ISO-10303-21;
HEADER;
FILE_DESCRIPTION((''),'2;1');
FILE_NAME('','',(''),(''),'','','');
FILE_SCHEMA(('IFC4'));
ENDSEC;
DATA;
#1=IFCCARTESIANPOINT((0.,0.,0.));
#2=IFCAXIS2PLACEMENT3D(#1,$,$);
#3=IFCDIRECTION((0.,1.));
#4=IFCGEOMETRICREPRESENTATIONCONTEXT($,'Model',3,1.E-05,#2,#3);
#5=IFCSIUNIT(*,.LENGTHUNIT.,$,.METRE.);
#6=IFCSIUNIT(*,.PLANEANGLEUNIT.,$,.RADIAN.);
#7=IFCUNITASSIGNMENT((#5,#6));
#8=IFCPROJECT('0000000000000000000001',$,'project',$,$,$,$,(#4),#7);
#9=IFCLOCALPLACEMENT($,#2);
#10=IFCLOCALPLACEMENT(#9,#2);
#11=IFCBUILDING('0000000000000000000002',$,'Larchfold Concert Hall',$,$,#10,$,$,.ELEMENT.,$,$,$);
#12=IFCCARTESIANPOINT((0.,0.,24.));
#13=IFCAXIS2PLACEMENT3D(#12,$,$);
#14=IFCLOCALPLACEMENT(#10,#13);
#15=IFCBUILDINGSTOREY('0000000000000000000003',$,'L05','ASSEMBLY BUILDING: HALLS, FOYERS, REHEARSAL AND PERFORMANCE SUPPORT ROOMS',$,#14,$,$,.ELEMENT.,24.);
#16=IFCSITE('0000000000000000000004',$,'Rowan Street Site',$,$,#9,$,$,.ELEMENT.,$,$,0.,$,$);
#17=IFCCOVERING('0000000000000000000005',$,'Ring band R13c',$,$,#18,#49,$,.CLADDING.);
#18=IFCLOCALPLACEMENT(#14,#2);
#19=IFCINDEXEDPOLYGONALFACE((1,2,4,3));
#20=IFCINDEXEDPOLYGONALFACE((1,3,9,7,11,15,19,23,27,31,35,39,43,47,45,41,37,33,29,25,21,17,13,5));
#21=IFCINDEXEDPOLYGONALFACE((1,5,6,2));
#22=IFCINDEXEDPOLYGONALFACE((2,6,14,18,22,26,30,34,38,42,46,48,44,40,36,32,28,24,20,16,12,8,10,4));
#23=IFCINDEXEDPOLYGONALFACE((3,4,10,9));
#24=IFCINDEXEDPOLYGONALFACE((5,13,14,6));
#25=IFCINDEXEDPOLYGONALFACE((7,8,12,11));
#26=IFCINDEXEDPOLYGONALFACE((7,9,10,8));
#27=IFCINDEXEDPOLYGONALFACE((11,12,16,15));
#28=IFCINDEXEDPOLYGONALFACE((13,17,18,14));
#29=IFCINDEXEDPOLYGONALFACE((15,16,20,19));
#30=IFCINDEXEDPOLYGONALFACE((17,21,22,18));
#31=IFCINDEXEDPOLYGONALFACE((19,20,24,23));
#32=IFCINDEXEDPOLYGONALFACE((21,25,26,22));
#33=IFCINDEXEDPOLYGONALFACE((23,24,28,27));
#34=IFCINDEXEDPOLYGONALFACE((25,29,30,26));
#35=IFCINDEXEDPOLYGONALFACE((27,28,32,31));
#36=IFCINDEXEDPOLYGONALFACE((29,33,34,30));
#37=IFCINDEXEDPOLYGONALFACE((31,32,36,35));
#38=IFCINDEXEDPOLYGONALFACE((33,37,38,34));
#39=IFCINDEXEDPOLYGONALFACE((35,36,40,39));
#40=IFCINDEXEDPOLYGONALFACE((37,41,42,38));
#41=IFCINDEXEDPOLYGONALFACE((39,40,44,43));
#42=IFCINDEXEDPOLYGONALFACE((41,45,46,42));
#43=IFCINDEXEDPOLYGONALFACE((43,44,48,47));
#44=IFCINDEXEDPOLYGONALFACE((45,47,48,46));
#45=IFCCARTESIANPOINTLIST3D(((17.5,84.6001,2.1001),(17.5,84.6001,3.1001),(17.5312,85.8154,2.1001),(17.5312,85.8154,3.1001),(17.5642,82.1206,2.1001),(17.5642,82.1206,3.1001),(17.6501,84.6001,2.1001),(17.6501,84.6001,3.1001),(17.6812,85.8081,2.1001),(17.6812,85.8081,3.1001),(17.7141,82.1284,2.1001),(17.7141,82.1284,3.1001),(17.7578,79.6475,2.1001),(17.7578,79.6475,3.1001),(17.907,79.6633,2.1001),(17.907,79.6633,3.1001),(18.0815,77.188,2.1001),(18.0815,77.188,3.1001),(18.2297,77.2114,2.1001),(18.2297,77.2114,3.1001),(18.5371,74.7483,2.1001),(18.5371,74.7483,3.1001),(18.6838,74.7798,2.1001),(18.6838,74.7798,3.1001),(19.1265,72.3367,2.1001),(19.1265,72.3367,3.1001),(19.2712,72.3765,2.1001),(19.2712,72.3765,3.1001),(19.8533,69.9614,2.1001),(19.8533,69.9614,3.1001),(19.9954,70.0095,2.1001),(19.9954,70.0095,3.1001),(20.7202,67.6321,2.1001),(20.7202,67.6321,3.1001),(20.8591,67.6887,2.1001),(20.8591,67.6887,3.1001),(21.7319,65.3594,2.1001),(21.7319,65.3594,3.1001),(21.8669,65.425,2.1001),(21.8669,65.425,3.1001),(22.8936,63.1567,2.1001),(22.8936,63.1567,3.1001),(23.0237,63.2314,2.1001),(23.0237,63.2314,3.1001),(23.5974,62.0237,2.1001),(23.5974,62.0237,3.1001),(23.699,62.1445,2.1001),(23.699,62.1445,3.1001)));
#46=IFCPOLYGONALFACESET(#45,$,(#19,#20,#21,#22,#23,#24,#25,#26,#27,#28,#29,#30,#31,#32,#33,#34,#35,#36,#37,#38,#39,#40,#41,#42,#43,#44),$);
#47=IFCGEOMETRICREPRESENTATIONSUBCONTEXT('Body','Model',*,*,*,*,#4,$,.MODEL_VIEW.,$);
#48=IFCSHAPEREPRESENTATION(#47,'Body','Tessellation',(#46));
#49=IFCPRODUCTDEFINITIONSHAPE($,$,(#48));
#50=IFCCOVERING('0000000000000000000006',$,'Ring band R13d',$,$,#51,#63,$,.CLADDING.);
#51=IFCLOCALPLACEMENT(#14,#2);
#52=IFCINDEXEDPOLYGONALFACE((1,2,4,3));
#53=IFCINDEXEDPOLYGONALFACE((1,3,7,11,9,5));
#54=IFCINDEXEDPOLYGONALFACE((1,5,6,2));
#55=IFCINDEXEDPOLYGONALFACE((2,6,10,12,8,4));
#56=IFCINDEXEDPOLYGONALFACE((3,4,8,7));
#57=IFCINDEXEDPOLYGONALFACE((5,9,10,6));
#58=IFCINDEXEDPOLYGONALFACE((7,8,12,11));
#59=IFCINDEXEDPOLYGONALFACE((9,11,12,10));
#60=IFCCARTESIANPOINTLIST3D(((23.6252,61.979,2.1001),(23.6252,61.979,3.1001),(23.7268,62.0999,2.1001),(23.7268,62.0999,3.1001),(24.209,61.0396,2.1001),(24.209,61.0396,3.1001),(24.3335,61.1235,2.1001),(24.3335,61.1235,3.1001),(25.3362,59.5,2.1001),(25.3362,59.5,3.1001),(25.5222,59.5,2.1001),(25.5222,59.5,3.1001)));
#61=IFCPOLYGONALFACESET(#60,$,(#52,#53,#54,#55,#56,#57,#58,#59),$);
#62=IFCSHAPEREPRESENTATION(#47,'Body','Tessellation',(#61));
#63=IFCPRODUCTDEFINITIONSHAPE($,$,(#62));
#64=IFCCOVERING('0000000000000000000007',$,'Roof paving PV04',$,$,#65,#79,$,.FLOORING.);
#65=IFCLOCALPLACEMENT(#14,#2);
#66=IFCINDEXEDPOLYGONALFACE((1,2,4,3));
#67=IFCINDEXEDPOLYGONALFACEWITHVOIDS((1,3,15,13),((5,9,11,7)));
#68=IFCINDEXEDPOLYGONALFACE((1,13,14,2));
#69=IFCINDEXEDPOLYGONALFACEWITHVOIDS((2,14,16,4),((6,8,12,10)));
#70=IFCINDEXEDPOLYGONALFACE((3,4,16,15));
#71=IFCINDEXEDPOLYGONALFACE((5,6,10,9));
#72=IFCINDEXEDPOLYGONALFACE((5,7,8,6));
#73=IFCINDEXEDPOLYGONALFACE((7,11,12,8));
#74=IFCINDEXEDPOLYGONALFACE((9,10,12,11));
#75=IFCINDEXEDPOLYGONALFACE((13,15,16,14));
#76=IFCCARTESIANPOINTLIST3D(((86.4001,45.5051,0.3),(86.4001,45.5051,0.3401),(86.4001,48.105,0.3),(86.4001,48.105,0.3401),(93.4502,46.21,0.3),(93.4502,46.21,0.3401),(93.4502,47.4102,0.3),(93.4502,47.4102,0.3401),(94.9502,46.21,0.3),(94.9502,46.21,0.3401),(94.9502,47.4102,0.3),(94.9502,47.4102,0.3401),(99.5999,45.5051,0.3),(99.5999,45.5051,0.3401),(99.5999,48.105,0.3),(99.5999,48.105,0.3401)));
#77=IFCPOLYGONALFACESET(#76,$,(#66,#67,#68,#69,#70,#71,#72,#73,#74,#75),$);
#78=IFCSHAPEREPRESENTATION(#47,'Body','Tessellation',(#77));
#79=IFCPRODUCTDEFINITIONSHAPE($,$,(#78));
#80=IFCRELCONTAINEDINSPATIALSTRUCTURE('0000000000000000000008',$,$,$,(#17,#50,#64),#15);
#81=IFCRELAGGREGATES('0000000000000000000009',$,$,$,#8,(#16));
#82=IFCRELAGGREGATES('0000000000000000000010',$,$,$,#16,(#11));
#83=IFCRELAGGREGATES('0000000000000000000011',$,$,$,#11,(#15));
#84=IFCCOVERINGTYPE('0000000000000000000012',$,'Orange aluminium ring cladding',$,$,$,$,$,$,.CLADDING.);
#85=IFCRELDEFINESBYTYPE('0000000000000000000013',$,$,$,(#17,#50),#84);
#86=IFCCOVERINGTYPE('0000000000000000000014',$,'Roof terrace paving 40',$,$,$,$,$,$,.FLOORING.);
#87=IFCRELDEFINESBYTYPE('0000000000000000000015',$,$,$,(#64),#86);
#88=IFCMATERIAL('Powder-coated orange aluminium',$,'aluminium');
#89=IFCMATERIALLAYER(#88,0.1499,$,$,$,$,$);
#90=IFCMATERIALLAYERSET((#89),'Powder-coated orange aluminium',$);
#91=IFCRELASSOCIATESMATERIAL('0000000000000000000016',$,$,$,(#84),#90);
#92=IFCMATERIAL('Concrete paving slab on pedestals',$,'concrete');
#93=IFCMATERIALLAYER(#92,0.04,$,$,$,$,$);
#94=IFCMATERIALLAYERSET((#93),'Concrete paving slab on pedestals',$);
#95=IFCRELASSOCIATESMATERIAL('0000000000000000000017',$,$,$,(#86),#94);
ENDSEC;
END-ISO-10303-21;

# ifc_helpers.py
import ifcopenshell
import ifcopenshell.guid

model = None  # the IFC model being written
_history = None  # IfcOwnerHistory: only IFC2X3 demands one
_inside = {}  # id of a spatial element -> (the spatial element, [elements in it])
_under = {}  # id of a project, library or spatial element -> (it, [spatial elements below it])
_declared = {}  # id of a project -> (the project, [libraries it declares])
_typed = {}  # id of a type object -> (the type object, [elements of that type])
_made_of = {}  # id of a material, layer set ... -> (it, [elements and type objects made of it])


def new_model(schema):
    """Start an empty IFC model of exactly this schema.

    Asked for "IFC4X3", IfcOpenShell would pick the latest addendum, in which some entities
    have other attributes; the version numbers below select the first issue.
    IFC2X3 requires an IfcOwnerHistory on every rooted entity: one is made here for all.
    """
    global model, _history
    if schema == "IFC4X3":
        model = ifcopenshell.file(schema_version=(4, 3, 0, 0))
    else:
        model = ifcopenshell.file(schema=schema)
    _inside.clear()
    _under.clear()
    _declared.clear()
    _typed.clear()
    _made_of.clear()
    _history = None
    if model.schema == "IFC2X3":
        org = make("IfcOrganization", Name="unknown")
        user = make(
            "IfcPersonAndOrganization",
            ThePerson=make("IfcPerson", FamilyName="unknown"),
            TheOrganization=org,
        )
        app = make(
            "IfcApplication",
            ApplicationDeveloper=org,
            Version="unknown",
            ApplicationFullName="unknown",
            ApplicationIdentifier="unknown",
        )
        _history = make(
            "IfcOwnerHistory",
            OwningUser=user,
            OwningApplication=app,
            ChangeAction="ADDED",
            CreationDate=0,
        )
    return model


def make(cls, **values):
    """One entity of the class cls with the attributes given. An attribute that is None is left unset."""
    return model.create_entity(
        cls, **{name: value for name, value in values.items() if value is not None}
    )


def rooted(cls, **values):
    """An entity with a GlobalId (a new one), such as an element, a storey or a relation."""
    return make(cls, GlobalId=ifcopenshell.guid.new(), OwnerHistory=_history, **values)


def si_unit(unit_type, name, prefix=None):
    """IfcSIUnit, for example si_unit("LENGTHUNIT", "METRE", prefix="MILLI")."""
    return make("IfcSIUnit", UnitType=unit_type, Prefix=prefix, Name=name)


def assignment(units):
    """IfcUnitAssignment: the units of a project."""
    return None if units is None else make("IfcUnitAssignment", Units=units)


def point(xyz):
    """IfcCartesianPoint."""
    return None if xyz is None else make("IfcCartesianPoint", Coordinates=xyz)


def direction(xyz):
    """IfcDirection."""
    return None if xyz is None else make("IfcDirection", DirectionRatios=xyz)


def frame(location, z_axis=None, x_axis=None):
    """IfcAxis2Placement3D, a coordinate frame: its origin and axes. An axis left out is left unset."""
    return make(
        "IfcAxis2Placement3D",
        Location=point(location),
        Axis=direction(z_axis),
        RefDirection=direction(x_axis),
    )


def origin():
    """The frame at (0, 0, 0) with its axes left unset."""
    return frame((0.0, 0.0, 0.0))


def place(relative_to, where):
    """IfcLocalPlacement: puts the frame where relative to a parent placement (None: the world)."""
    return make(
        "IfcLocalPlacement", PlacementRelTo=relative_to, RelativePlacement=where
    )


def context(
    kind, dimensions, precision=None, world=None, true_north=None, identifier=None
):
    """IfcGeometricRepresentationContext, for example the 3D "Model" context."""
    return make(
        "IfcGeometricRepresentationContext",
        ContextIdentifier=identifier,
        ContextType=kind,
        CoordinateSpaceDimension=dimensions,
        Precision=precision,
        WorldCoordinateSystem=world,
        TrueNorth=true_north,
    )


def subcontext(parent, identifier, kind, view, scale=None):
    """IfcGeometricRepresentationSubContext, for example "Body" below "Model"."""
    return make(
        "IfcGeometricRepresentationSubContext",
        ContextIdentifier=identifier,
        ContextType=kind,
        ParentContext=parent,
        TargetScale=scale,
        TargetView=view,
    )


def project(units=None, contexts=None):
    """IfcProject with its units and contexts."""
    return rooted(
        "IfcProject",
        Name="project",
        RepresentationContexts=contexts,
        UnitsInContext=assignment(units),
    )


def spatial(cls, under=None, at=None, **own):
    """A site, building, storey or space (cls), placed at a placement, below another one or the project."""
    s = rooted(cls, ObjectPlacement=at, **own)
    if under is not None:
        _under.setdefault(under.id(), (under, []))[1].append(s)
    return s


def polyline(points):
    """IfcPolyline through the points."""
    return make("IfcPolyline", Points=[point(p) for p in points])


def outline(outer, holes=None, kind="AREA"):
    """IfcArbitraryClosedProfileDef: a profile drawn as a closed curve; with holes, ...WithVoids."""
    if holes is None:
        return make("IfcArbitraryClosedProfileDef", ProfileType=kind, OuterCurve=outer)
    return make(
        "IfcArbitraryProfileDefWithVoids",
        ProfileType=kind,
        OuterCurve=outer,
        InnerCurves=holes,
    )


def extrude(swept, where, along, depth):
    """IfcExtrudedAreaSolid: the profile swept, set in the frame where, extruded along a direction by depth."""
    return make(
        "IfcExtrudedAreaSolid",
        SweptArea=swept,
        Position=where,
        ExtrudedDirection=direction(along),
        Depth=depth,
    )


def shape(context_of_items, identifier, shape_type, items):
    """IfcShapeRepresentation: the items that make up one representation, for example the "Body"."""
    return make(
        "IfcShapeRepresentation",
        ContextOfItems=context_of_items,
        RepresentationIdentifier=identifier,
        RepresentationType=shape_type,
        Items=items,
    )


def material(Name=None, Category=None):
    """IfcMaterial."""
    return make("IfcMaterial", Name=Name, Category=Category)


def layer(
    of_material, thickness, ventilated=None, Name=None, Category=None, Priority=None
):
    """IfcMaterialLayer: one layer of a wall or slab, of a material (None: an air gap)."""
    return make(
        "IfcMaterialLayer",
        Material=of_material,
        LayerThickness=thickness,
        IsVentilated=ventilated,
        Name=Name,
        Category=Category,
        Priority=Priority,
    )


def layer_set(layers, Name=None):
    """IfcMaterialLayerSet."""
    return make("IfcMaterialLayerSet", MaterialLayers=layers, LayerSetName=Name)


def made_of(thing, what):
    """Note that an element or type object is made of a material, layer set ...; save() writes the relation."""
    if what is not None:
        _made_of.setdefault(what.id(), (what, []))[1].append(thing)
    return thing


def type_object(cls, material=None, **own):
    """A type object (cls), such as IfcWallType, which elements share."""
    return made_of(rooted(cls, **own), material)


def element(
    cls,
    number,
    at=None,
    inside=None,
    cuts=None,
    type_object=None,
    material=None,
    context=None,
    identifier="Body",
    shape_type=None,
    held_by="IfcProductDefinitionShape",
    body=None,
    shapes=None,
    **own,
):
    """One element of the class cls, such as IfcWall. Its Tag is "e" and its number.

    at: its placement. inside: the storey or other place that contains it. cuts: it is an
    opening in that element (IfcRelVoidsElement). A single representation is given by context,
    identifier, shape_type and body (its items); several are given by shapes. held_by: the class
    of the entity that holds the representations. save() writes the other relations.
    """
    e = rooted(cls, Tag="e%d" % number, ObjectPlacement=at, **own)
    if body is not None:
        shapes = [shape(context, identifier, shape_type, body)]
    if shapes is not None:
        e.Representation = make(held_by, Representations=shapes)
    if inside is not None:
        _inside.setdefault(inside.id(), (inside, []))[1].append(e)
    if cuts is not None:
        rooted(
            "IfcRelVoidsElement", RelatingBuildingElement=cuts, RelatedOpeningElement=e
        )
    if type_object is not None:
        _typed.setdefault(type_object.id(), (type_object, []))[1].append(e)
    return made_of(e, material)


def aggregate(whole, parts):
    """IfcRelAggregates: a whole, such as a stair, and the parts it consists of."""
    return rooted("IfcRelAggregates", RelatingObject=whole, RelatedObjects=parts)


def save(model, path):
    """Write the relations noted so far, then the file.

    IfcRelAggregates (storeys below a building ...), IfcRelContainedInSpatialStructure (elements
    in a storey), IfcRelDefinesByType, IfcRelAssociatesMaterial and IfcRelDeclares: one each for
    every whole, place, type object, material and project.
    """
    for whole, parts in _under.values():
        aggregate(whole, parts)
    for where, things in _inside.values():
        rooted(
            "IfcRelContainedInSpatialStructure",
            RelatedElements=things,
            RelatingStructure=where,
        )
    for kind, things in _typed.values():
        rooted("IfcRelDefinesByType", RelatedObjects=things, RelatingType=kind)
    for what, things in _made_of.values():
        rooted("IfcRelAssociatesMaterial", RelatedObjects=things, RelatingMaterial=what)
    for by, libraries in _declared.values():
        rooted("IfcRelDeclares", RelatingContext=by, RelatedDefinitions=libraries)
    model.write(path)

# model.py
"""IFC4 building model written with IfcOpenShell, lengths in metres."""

from ifc_helpers import new_model, si_unit, direction, frame, origin, place, context, subcontext, project, spatial, polyline, outline, extrude, material, layer, layer_set, type_object, element, save


model = new_model("IFC4")

# Units and contexts
model_context = context("Model", 3, precision=1e-05, world=origin(), true_north=direction((0.0, 1.0)))
body_context = subcontext(model_context, "Body", "Model", "MODEL_VIEW")
ifc_project = project(units=[si_unit("LENGTHUNIT", "METRE"), si_unit("PLANEANGLEUNIT", "RADIAN")], contexts=[model_context])

# Site, building, storey
site_placement = place(None, origin())
site = spatial("IfcSite", under=ifc_project, at=site_placement, Name="Rowan Street Site", CompositionType="ELEMENT", RefElevation=0.0)
building_placement = place(site_placement, origin())
building = spatial("IfcBuilding", under=site, at=building_placement, Name="Larchfold Concert Hall", CompositionType="ELEMENT")
storey_placement = place(building_placement, frame((0.0, 0.0, 24.0)))
storey = spatial("IfcBuildingStorey", under=building, at=storey_placement, Name="L05", Description="ASSEMBLY BUILDING: HALLS, FOYERS, REHEARSAL AND PERFORMANCE SUPPORT ROOMS", CompositionType="ELEMENT", Elevation=24.0)

# Coverings
ifc_material_1 = material(Name="Powder-coated orange aluminium", Category="aluminium")
ifc_layer_1 = layer(ifc_material_1, 0.1499)
ifc_layer_set_1 = layer_set([ifc_layer_1], Name="Powder-coated orange aluminium")
covering_type_1 = type_object("IfcCoveringType", Name="Orange aluminium ring cladding", PredefinedType="CLADDING", material=ifc_layer_set_1)
covering_1_placement = place(storey_placement, frame((0.0, 0.0, 2.1001)))
element("IfcCovering", 1, at=covering_1_placement, inside=storey, type_object=covering_type_1, Name="Ring band R13c", PredefinedType="CLADDING", context=body_context, shape_type="SweptSolid", body=[
    extrude(outline(polyline([(17.6501, 84.6001), (17.6812, 85.8081), (17.5312, 85.8154), (17.5, 84.6001), (17.5642, 82.1206), (17.7578, 79.6475), (18.0815, 77.188), (18.5371, 74.7483), (19.1265, 72.3367), (19.8533, 69.9614), (20.7202, 67.6321), (21.7319, 65.3594), (22.8936, 63.1567), (23.5974, 62.0237), (23.699, 62.1445), (23.0237, 63.2314), (21.8669, 65.425), (20.8591, 67.6887), (19.9954, 70.0095), (19.2712, 72.3765), (18.6838, 74.7798), (18.2297, 77.2114), (17.907, 79.6633), (17.7141, 82.1284), (17.6501, 84.6001)])), origin(), (0.0, 0.0, 1.0), 1.0),
])
covering_2_placement = place(storey_placement, frame((0.0, 0.0, 2.1001)))
element("IfcCovering", 2, at=covering_2_placement, inside=storey, type_object=covering_type_1, Name="Ring band R13d", PredefinedType="CLADDING", context=body_context, shape_type="SweptSolid", body=[
    extrude(outline(polyline([(23.7268, 62.0999), (23.6252, 61.979), (24.209, 61.0396), (25.3362, 59.5), (25.5222, 59.5), (24.3335, 61.1235), (23.7268, 62.0999)])), origin(), (0.0, 0.0, 1.0), 1.0),
])
ifc_material_2 = material(Name="Concrete paving slab on pedestals", Category="concrete")
ifc_layer_2 = layer(ifc_material_2, 0.04)
ifc_layer_set_2 = layer_set([ifc_layer_2], Name="Concrete paving slab on pedestals")
covering_type_2 = type_object("IfcCoveringType", Name="Roof terrace paving 40", PredefinedType="FLOORING", material=ifc_layer_set_2)
covering_3_placement = place(storey_placement, frame((0.0, 0.0, 0.3)))
element("IfcCovering", 3, at=covering_3_placement, inside=storey, type_object=covering_type_2, Name="Roof paving PV04", PredefinedType="FLOORING", context=body_context, shape_type="SweptSolid", body=[
    extrude(outline(polyline([(99.5999, 48.105), (86.4001, 48.105), (86.4001, 45.5051), (99.5999, 45.5051), (99.5999, 48.105)]), holes=[polyline([(94.9502, 47.4102), (93.4502, 47.4102), (93.4502, 46.21), (94.9502, 46.21), (94.9502, 47.4102)])]), origin(), (0.0, 0.0, 1.0), 0.04),
])

save(model, "model.ifc")
